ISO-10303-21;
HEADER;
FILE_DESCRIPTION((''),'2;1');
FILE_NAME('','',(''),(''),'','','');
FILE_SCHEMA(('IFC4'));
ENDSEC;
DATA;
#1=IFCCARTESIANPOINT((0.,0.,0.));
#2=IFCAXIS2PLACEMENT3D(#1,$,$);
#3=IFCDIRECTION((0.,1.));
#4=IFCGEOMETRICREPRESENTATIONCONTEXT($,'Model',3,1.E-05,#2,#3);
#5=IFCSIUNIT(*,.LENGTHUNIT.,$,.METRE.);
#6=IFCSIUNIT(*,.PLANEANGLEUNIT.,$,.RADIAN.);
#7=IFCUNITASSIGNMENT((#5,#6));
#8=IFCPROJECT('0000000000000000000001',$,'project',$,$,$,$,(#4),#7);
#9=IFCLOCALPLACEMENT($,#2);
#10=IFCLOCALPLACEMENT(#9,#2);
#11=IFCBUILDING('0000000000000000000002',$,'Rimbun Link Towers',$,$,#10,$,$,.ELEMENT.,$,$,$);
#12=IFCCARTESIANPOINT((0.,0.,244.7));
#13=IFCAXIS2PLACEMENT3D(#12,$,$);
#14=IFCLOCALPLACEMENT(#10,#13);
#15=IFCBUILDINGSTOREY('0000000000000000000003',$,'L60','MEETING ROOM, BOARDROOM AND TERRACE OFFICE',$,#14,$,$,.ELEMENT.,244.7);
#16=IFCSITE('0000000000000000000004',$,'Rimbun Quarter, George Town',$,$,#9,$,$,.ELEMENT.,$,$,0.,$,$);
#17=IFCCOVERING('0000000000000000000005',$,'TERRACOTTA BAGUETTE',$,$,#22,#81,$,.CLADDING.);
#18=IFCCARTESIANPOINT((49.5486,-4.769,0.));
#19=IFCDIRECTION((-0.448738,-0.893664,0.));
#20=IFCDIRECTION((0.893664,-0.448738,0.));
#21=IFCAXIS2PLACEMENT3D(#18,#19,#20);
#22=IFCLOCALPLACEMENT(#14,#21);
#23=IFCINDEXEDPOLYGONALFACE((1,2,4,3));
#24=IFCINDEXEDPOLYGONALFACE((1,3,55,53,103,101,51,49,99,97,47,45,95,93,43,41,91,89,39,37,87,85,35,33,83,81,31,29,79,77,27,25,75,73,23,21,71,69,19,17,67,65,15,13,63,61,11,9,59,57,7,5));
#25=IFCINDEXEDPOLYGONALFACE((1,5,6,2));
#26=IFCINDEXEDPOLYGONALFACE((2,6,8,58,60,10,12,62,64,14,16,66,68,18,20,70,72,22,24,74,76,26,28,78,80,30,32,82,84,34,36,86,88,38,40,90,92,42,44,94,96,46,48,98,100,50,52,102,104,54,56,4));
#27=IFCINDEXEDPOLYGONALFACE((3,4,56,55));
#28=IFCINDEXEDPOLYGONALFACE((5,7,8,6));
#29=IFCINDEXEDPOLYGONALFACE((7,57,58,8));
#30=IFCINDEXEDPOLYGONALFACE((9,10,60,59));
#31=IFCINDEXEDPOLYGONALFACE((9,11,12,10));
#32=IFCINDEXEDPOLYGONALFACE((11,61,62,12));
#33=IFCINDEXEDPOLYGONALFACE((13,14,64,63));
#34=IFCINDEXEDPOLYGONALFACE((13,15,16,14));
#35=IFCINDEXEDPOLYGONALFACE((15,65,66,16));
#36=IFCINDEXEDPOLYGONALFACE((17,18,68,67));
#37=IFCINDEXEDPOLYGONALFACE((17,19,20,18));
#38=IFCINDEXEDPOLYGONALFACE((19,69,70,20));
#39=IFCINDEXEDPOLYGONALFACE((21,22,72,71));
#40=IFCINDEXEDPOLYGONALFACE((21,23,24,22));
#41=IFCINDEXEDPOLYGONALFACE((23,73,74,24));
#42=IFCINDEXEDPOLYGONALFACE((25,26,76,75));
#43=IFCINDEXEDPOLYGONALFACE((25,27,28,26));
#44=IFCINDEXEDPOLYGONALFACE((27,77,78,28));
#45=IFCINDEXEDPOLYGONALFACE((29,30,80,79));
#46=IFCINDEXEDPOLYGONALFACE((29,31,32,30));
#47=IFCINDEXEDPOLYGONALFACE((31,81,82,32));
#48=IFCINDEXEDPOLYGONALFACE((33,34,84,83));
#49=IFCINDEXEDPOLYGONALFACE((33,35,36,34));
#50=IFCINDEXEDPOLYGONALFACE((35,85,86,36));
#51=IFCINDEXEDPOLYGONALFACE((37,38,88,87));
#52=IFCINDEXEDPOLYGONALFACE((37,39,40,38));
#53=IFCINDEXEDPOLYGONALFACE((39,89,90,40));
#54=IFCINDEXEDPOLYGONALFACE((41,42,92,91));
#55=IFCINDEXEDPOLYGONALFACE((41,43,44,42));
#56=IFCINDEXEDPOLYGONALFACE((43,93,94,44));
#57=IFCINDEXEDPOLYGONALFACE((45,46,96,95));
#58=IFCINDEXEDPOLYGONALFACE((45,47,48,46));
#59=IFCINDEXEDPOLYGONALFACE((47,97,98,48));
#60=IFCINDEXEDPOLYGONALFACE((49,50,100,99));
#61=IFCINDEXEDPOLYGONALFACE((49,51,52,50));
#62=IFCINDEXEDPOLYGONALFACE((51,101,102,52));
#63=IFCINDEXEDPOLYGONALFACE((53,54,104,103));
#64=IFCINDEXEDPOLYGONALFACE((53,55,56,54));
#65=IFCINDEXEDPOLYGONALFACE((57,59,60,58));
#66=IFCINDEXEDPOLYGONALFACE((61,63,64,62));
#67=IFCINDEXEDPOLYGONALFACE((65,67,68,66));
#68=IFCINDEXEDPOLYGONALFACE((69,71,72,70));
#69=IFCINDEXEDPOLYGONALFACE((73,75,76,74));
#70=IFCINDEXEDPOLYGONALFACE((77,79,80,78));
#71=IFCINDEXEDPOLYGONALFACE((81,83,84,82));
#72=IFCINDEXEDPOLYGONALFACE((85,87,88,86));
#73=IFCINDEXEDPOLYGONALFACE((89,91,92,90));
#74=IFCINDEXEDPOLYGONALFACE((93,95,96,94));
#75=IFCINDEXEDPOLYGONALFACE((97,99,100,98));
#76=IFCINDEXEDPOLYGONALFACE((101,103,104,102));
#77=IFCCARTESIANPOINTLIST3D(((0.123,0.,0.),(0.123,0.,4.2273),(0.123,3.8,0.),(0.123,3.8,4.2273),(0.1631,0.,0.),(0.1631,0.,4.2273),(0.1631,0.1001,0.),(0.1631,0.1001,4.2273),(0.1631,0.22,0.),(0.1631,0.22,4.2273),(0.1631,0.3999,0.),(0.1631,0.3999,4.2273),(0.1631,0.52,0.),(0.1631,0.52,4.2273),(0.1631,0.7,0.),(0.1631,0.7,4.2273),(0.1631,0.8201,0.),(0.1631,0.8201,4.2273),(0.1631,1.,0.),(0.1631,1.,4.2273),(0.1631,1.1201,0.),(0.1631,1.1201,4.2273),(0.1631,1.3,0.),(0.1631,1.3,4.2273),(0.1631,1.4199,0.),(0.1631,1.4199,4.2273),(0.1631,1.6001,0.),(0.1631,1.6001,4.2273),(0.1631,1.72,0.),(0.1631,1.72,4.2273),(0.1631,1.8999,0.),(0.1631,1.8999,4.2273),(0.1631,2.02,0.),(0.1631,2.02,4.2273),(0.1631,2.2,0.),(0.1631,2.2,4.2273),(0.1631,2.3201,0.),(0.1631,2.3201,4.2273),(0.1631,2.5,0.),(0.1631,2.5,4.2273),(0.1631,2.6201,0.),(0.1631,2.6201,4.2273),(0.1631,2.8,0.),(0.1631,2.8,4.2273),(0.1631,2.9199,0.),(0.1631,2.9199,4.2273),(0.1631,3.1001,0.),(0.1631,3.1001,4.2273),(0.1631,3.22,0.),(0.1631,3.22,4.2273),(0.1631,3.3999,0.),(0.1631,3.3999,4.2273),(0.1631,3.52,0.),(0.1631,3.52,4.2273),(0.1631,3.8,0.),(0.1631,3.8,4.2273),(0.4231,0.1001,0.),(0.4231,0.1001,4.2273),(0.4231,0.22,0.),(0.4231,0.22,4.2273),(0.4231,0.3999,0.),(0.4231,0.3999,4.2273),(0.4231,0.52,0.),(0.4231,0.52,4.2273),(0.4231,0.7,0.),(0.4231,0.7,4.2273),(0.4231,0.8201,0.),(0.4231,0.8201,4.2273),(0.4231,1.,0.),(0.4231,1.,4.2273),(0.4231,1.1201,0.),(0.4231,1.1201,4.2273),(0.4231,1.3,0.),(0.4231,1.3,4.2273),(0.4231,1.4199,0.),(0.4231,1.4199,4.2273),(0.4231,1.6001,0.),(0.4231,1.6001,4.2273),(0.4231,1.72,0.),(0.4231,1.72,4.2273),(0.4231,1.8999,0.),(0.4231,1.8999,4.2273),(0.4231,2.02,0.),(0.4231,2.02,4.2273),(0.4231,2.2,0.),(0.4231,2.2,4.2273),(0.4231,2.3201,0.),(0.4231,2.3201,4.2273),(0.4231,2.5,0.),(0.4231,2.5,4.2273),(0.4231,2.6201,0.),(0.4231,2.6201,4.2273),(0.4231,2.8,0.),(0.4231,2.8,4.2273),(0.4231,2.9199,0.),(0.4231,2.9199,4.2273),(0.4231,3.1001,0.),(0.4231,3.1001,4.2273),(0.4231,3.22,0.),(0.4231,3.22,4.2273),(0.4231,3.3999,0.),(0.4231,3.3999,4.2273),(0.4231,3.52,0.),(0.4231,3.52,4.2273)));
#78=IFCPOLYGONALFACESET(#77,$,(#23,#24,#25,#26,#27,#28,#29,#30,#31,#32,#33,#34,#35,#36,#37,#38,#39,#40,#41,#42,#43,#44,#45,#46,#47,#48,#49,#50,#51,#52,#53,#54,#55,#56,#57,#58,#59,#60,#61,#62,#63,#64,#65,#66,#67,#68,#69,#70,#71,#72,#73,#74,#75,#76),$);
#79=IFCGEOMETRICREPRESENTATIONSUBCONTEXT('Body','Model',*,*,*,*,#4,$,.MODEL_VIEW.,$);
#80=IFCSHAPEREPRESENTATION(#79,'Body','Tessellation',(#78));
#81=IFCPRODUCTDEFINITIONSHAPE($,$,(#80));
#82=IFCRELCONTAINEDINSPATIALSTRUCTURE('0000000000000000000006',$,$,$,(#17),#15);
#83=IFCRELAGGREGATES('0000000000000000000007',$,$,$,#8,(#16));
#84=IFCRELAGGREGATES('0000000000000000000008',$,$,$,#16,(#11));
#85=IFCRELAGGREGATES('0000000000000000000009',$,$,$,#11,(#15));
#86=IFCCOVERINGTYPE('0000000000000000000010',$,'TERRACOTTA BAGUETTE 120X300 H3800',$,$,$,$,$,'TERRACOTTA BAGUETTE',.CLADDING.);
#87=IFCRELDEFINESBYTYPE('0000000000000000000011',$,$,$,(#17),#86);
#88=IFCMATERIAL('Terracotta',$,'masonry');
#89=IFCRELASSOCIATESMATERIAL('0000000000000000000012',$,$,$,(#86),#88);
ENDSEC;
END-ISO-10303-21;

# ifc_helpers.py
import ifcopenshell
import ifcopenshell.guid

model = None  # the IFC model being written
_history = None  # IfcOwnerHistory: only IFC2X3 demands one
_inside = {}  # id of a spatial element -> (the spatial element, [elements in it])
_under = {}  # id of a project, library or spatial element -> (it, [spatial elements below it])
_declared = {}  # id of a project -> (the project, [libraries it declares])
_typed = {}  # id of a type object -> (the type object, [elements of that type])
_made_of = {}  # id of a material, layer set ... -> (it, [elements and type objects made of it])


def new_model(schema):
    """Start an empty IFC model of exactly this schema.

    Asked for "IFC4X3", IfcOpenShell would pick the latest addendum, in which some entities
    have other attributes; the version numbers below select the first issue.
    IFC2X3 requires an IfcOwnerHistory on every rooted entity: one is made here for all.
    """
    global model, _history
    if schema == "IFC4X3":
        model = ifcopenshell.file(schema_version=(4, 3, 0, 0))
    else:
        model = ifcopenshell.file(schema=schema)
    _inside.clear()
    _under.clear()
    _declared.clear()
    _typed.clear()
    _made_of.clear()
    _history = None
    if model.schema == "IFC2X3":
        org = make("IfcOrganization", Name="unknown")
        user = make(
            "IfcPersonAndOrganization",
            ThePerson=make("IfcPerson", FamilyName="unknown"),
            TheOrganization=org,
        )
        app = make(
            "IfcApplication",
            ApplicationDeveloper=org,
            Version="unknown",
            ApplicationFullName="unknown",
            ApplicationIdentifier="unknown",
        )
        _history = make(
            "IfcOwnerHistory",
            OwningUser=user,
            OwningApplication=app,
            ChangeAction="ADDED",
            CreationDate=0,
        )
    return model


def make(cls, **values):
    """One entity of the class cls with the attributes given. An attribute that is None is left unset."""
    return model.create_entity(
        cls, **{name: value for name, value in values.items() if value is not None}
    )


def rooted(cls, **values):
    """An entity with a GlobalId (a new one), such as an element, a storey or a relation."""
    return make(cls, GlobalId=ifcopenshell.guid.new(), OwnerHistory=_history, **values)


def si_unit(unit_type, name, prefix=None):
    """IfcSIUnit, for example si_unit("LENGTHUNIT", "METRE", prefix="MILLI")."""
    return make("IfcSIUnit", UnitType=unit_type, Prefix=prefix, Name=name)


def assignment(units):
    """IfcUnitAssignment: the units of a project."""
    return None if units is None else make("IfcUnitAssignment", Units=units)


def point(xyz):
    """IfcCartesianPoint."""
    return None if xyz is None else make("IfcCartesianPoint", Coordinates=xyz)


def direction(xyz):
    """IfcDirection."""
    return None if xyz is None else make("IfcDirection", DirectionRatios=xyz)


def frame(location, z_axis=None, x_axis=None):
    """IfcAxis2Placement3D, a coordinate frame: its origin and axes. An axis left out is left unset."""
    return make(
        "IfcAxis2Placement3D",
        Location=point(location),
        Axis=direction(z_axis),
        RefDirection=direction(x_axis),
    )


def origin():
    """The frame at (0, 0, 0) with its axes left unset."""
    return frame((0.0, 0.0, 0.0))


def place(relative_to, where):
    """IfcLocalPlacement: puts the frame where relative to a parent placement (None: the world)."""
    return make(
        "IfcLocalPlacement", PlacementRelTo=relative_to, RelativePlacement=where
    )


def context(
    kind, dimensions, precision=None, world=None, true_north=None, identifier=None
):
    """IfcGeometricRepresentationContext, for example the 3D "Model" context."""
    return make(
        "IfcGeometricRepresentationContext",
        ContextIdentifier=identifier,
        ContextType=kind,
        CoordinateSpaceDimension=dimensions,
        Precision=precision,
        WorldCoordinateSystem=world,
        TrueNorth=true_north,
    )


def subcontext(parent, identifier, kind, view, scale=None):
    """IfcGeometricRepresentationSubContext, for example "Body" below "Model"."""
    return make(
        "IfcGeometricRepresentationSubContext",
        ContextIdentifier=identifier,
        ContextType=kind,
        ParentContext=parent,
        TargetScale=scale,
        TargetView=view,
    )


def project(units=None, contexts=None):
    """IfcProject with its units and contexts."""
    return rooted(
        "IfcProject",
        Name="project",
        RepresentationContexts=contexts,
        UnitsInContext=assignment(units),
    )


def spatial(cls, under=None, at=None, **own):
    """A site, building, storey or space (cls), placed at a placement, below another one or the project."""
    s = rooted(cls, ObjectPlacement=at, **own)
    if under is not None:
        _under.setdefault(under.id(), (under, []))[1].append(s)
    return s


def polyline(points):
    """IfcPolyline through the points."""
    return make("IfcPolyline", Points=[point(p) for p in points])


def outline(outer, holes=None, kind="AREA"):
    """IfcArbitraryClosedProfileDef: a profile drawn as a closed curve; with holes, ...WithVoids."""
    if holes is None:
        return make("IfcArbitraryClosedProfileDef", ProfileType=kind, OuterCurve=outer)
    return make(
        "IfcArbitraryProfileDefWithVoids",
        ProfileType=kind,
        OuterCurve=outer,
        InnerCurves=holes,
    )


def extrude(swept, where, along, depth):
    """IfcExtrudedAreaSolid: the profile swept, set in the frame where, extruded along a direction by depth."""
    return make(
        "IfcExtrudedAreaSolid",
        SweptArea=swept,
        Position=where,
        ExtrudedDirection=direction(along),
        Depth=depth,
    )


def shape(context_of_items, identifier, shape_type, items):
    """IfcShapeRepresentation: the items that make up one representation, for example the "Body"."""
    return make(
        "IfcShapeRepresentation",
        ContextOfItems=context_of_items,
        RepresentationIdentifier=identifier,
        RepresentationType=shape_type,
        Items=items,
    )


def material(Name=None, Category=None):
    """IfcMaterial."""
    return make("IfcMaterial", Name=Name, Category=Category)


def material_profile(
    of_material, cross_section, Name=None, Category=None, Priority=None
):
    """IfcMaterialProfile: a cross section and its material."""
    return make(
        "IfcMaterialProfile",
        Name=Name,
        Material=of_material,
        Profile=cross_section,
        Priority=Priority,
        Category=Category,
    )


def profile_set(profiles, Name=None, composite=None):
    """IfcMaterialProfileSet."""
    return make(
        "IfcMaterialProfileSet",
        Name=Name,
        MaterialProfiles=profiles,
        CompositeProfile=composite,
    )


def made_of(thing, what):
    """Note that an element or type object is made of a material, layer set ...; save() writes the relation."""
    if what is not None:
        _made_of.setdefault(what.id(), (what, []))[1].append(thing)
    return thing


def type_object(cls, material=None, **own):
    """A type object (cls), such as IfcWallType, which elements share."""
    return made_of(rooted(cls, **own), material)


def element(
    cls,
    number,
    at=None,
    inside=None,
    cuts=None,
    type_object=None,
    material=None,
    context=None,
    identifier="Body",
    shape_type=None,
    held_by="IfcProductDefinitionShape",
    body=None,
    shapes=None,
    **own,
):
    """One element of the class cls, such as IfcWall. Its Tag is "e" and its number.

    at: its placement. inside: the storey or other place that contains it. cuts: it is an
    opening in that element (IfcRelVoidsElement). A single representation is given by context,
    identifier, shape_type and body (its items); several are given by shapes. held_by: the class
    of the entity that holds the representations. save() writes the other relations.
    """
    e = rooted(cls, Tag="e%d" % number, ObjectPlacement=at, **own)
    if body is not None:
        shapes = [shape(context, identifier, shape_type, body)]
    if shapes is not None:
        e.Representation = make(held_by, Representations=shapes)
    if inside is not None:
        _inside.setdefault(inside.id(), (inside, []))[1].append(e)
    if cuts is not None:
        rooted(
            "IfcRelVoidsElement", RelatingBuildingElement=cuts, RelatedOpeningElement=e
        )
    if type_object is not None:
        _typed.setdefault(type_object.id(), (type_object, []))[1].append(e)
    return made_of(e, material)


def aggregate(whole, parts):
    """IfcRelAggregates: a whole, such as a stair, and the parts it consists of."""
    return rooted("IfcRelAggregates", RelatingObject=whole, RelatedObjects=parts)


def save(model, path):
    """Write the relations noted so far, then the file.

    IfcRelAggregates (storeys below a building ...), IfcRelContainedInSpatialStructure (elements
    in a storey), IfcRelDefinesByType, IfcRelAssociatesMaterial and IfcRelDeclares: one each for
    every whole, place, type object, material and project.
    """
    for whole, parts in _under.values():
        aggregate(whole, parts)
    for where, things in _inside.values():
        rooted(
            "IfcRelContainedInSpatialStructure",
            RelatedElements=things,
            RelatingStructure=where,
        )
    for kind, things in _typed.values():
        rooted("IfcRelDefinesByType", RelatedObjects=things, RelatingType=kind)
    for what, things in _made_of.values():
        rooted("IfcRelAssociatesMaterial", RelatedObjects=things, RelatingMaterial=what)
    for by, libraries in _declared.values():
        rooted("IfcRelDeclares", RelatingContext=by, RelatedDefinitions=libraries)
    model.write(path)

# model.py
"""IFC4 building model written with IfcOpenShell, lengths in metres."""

from ifc_helpers import new_model, si_unit, direction, frame, origin, place, context, subcontext, project, spatial, polyline, outline, extrude, material, material_profile, profile_set, type_object, element, save


model = new_model("IFC4")

# Units and contexts
model_context = context("Model", 3, precision=1e-05, world=origin(), true_north=direction((0.0, 1.0)))
body_context = subcontext(model_context, "Body", "Model", "MODEL_VIEW")
ifc_project = project(units=[si_unit("LENGTHUNIT", "METRE"), si_unit("PLANEANGLEUNIT", "RADIAN")], contexts=[model_context])

# Site, building, storey
site_placement = place(None, origin())
site = spatial("IfcSite", under=ifc_project, at=site_placement, Name="Rimbun Quarter, George Town", CompositionType="ELEMENT", RefElevation=0.0)
building_placement = place(site_placement, origin())
building = spatial("IfcBuilding", under=site, at=building_placement, Name="Rimbun Link Towers", CompositionType="ELEMENT")
storey_placement = place(building_placement, frame((0.0, 0.0, 244.7)))
storey = spatial("IfcBuildingStorey", under=building, at=storey_placement, Name="L60", Description="MEETING ROOM, BOARDROOM AND TERRACE OFFICE", CompositionType="ELEMENT", Elevation=244.7)

# Covering
ifc_material_1 = material(Name="Terracotta", Category="masonry")
ifc_material_profile_1 = material_profile(ifc_material_1, outline(polyline([(0.123, 0.0), (0.1631, 0.0), (0.1631, 0.1001), (0.4231, 0.1001), (0.4231, 0.22), (0.1631, 0.22), (0.1631, 0.3999), (0.4231, 0.3999), (0.4231, 0.52), (0.1631, 0.52), (0.1631, 0.7), (0.4231, 0.7), (0.4231, 0.8201), (0.1631, 0.8201), (0.1631, 1.0), (0.4231, 1.0), (0.4231, 1.1201), (0.1631, 1.1201), (0.1631, 1.3), (0.4231, 1.3), (0.4231, 1.4199), (0.1631, 1.4199), (0.1631, 1.6001), (0.4231, 1.6001), (0.4231, 1.72), (0.1631, 1.72), (0.1631, 1.8999), (0.4231, 1.8999), (0.4231, 2.02), (0.1631, 2.02), (0.1631, 2.2), (0.4231, 2.2), (0.4231, 2.3201), (0.1631, 2.3201), (0.1631, 2.5), (0.4231, 2.5), (0.4231, 2.6201), (0.1631, 2.6201), (0.1631, 2.8), (0.4231, 2.8), (0.4231, 2.9199), (0.1631, 2.9199), (0.1631, 3.1001), (0.4231, 3.1001), (0.4231, 3.22), (0.1631, 3.22), (0.1631, 3.3999), (0.4231, 3.3999), (0.4231, 3.52), (0.1631, 3.52), (0.1631, 3.8), (0.123, 3.8), (0.123, 0.0)])), Name="BAGUETTE 120X300")
ifc_profile_set_1 = profile_set([ifc_material_profile_1], Name="Terracotta")
covering_type = type_object("IfcCoveringType", Name="TERRACOTTA BAGUETTE 120X300 H3800", ElementType="TERRACOTTA BAGUETTE", PredefinedType="CLADDING", material=ifc_profile_set_1)
covering_placement = place(storey_placement, frame((49.5486, -4.769, 0.0), z_axis=(-0.448738, -0.893664, 0.0), x_axis=(0.893664, -0.448738, 0.0)))
element("IfcCovering", 1, at=covering_placement, inside=storey, type_object=covering_type, Name="TERRACOTTA BAGUETTE", PredefinedType="CLADDING", context=body_context, shape_type="SweptSolid", body=[
    extrude(outline(polyline([(0.123, 0.0), (0.1631, 0.0), (0.1631, 0.1001), (0.4231, 0.1001), (0.4231, 0.22), (0.1631, 0.22), (0.1631, 0.3999), (0.4231, 0.3999), (0.4231, 0.52), (0.1631, 0.52), (0.1631, 0.7), (0.4231, 0.7), (0.4231, 0.8201), (0.1631, 0.8201), (0.1631, 1.0), (0.4231, 1.0), (0.4231, 1.1201), (0.1631, 1.1201), (0.1631, 1.3), (0.4231, 1.3), (0.4231, 1.4199), (0.1631, 1.4199), (0.1631, 1.6001), (0.4231, 1.6001), (0.4231, 1.72), (0.1631, 1.72), (0.1631, 1.8999), (0.4231, 1.8999), (0.4231, 2.02), (0.1631, 2.02), (0.1631, 2.2), (0.4231, 2.2), (0.4231, 2.3201), (0.1631, 2.3201), (0.1631, 2.5), (0.4231, 2.5), (0.4231, 2.6201), (0.1631, 2.6201), (0.1631, 2.8), (0.4231, 2.8), (0.4231, 2.9199), (0.1631, 2.9199), (0.1631, 3.1001), (0.4231, 3.1001), (0.4231, 3.22), (0.1631, 3.22), (0.1631, 3.3999), (0.4231, 3.3999), (0.4231, 3.52), (0.1631, 3.52), (0.1631, 3.8), (0.123, 3.8), (0.123, 0.0)])), origin(), (0.0, 0.0, 1.0), 4.2273),
])

save(model, "model.ifc")
